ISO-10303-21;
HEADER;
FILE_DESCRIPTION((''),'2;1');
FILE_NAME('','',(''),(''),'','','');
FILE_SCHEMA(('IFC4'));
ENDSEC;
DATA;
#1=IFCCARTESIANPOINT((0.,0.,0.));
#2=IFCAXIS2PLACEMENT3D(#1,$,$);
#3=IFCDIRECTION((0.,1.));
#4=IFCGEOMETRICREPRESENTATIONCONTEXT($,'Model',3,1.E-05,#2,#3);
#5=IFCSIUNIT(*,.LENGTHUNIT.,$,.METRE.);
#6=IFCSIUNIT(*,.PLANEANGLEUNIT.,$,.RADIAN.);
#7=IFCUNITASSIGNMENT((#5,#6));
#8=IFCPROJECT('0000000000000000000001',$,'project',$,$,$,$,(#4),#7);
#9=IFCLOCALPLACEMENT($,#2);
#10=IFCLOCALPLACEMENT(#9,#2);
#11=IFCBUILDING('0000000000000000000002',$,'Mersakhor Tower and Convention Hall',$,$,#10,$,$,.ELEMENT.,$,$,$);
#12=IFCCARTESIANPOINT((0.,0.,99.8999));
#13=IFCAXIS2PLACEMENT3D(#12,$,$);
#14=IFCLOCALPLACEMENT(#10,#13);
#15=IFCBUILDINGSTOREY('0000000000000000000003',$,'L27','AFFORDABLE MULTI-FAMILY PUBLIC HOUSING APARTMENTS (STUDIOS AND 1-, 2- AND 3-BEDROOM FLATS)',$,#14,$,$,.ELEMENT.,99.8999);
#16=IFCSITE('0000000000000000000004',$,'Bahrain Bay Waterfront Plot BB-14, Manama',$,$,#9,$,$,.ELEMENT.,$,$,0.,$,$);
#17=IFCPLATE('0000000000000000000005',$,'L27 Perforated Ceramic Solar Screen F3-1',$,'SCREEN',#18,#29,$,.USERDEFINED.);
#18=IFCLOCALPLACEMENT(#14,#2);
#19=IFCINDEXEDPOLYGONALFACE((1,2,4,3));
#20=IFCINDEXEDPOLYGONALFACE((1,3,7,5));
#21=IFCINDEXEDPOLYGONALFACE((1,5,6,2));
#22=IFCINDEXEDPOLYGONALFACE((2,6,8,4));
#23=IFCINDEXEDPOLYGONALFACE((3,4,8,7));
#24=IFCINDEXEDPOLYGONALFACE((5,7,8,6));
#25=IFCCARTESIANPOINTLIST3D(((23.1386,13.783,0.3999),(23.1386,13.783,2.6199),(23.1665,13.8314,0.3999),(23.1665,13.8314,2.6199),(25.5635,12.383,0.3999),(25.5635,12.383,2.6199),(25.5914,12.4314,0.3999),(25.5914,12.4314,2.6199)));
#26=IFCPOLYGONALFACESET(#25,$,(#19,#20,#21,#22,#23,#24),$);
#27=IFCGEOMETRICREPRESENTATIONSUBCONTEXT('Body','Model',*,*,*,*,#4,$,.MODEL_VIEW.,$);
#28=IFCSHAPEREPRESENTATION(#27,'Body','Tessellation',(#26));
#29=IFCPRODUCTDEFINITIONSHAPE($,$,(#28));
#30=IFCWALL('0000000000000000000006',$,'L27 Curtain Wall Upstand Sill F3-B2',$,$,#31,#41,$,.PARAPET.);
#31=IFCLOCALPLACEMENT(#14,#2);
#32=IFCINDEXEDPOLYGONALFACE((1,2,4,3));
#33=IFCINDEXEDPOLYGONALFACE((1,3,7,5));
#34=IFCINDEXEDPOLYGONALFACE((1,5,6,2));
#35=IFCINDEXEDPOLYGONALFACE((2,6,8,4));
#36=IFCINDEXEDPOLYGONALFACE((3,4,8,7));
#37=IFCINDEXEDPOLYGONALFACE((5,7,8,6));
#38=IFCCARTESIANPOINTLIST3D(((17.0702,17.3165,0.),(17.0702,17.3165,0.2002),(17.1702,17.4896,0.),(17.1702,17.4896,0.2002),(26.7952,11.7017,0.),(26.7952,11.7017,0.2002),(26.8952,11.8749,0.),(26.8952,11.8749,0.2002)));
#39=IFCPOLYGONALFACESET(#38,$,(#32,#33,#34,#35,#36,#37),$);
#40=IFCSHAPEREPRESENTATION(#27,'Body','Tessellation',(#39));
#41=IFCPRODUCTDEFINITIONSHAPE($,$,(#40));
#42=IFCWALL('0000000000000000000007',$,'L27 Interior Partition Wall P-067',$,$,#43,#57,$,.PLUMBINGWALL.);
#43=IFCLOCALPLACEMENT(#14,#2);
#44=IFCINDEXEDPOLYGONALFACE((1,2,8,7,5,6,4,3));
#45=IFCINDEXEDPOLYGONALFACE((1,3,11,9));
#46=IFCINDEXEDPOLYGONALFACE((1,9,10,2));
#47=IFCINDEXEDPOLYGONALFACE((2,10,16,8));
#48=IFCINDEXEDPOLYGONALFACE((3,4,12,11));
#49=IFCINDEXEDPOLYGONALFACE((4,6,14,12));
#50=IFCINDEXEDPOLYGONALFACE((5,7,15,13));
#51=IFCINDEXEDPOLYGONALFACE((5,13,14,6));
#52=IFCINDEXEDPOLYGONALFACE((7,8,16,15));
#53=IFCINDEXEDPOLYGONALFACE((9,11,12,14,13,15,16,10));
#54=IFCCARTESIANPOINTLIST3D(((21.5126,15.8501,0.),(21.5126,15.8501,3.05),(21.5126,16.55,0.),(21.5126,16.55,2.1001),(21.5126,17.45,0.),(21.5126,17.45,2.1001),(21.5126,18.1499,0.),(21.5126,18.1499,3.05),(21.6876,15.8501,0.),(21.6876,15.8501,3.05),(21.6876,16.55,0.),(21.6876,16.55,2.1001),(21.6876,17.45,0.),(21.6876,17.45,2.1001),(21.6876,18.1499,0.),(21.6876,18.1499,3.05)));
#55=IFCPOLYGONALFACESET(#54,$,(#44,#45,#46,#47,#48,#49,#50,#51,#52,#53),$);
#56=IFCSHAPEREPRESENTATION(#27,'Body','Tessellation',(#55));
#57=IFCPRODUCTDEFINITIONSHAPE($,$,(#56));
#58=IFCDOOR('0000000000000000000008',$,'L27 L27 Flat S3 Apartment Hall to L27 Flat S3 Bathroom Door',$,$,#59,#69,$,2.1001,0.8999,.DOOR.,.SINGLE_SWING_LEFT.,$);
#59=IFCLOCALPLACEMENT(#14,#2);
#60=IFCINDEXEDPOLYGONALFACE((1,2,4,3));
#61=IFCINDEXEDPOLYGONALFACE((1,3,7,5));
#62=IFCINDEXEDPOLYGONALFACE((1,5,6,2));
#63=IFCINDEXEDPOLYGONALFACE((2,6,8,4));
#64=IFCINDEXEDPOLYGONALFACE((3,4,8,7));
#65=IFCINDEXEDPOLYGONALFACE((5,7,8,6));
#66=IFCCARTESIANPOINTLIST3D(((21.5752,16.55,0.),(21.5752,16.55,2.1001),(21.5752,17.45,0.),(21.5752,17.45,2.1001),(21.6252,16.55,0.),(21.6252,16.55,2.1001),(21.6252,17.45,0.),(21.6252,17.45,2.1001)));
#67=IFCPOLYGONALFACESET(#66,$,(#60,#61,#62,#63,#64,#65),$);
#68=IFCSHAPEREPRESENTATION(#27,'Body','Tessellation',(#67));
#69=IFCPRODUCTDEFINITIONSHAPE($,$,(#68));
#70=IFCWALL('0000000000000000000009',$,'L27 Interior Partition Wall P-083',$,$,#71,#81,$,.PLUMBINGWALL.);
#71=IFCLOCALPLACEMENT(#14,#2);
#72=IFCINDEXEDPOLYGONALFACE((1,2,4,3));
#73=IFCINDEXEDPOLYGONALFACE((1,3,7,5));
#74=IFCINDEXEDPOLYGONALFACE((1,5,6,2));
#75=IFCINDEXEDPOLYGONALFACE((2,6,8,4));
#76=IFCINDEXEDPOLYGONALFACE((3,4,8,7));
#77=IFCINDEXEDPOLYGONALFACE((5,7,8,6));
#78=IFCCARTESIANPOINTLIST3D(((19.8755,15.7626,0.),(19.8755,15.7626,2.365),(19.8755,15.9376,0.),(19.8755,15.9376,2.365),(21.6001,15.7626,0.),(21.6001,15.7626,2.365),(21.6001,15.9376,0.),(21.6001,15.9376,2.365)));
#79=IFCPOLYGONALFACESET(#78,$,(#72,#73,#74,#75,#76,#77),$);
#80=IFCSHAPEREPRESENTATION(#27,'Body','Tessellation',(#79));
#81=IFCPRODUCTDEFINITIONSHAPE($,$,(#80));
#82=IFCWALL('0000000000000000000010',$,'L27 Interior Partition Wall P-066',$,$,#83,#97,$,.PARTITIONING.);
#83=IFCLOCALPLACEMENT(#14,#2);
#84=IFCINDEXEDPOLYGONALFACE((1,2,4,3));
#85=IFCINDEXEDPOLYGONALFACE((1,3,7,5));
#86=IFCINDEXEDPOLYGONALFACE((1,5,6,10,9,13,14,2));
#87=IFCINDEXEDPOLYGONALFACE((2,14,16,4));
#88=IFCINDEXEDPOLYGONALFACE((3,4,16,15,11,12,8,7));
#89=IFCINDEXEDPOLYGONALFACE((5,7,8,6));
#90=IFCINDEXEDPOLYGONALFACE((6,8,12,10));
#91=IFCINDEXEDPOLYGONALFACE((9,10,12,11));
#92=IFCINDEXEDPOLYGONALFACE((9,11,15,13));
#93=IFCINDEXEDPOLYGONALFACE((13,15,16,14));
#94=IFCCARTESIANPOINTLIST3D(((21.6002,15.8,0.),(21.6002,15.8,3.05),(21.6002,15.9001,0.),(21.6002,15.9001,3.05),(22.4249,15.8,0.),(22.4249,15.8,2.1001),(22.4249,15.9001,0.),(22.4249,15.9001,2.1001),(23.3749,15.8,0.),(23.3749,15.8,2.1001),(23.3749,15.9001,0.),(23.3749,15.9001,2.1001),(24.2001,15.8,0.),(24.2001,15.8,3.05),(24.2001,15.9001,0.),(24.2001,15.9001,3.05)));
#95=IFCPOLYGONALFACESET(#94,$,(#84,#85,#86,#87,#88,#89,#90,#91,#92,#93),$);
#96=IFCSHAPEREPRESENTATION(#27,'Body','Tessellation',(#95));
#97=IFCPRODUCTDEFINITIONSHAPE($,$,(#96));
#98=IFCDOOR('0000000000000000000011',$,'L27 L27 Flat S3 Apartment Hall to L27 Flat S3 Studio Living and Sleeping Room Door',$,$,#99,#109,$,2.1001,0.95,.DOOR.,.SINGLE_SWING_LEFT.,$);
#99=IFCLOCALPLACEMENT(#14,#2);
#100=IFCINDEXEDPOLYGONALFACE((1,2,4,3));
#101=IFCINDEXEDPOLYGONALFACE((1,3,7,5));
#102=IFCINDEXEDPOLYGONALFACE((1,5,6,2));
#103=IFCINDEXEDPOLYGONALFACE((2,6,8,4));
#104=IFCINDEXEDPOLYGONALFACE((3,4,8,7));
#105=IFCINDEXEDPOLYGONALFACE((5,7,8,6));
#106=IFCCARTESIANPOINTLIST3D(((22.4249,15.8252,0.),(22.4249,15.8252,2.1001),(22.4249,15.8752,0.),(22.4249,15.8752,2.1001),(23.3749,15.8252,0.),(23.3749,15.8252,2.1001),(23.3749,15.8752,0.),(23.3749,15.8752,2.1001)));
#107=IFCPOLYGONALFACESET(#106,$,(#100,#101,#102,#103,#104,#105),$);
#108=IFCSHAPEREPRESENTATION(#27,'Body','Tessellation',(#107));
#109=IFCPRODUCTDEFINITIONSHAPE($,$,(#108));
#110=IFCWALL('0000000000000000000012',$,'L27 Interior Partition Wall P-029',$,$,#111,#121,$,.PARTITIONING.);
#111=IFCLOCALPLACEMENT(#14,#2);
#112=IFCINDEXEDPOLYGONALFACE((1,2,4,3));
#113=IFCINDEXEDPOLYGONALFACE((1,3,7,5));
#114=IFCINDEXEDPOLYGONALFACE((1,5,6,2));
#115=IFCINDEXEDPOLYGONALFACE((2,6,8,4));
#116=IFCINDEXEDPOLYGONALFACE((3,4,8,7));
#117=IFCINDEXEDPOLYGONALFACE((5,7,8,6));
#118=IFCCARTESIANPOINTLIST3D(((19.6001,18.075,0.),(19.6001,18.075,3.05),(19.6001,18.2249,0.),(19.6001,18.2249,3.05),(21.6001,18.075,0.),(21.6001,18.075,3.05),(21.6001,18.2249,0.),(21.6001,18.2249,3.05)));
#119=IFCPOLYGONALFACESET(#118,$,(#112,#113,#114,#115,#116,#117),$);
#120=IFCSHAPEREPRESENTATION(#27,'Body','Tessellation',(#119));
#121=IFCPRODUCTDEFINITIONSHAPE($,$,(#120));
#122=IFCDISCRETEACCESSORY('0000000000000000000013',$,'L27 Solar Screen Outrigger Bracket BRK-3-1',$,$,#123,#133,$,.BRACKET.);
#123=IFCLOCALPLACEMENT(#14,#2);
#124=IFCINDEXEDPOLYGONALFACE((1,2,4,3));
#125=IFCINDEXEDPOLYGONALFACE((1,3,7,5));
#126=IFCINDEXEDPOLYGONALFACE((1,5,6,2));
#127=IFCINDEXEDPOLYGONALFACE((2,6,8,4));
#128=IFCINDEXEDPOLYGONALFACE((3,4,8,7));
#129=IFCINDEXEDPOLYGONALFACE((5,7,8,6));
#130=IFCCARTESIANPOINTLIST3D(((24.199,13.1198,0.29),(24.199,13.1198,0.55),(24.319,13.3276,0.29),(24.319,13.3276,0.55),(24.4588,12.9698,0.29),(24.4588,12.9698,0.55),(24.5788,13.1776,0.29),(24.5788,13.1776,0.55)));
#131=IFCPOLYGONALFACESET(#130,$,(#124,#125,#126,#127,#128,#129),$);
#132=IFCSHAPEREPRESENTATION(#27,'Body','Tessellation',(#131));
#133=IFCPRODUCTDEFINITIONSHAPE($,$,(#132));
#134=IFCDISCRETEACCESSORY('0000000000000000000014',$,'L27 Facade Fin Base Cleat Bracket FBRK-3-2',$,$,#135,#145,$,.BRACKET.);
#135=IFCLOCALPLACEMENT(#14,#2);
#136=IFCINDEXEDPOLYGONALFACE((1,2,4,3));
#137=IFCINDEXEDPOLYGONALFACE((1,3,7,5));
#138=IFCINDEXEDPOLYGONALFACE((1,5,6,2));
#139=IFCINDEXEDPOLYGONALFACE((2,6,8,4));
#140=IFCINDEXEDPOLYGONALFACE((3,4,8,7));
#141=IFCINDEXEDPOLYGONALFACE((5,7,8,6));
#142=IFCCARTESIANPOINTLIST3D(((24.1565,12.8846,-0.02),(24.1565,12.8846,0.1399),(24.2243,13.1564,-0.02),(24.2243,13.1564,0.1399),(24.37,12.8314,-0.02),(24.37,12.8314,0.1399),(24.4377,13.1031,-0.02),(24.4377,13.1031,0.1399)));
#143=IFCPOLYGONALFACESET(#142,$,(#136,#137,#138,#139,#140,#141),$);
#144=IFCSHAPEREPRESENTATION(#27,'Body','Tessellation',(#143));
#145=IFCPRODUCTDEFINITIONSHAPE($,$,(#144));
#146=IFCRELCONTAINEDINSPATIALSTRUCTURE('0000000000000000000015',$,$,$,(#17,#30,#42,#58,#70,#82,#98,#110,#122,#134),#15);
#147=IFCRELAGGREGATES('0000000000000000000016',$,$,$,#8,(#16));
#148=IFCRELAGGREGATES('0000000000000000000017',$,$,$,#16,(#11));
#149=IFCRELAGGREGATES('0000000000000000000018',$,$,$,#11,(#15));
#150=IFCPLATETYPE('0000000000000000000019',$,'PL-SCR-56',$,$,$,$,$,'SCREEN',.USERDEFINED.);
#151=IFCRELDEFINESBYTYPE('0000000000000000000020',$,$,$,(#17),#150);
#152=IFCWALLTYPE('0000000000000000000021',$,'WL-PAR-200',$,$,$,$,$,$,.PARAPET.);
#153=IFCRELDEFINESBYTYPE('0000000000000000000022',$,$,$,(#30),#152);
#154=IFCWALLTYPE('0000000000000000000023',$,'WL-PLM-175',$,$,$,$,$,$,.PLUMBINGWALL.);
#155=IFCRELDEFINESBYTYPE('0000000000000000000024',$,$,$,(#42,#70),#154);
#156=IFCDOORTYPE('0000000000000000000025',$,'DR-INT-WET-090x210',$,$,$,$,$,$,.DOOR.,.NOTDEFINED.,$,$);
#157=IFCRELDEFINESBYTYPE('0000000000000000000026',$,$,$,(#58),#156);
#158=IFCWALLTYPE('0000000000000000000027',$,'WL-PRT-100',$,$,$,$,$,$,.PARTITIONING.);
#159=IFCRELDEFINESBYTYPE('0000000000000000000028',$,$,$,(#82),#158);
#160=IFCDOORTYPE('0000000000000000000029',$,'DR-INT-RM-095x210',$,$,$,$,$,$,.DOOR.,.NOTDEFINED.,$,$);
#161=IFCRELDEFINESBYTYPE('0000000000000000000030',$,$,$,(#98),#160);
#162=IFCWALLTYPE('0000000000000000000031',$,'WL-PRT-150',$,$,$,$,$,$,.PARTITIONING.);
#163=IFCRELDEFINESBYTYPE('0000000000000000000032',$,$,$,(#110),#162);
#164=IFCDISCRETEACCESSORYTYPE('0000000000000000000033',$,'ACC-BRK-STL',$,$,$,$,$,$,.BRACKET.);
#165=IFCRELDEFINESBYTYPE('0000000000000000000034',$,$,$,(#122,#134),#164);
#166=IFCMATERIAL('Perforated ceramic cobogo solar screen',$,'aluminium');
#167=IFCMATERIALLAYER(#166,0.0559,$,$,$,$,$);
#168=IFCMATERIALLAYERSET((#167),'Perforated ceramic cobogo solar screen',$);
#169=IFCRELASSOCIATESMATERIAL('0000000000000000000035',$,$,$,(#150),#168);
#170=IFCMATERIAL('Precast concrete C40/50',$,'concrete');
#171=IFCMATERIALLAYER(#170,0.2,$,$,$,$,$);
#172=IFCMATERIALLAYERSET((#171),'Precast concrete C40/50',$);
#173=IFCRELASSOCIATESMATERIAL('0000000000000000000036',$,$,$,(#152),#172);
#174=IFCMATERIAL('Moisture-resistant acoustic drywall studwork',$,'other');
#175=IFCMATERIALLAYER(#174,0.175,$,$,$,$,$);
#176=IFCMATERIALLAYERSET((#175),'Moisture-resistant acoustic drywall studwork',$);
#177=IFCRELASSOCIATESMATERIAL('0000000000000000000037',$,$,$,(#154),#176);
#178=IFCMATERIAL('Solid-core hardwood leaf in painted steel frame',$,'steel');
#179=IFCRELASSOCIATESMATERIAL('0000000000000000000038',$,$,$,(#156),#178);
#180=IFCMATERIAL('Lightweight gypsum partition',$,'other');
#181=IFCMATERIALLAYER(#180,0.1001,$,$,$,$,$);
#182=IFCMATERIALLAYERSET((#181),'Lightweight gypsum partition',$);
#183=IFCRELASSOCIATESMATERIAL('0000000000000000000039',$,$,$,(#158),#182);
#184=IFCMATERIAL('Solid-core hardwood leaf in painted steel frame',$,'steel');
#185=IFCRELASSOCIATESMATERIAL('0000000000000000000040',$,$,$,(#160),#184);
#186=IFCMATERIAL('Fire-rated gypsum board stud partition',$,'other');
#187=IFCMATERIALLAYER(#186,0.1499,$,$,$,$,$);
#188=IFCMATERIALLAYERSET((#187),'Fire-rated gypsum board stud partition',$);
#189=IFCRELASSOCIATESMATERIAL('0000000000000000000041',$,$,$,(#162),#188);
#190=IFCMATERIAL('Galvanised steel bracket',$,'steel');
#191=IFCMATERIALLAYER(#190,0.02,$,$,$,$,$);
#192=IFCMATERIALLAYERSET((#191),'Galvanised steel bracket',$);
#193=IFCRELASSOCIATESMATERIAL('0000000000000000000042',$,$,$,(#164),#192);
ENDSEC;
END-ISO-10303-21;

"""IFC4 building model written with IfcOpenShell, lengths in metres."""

from ifc_helpers import new_model, si_unit, direction, frame, frame_2d, origin, origin_2d, place, context, subcontext, project, spatial, rectangle, extrude, material, layer, layer_set, type_object, element, fill, save


model = new_model("IFC4")

# Units and contexts
model_context = context("Model", 3, precision=1e-05, world=origin(), true_north=direction((0.0, 1.0)))
body_context = subcontext(model_context, "Body", "Model", "MODEL_VIEW")
ifc_project = project(units=[si_unit("LENGTHUNIT", "METRE"), si_unit("PLANEANGLEUNIT", "RADIAN")], contexts=[model_context])

# Site, building, storey
site_placement = place(None, origin())
site = spatial("IfcSite", under=ifc_project, at=site_placement, Name="Bahrain Bay Waterfront Plot BB-14, Manama", CompositionType="ELEMENT", RefElevation=0.0)
building_placement = place(site_placement, origin())
building = spatial("IfcBuilding", under=site, at=building_placement, Name="Mersakhor Tower and Convention Hall", CompositionType="ELEMENT")
storey_placement = place(building_placement, frame((0.0, 0.0, 99.8999)))
storey = spatial("IfcBuildingStorey", under=building, at=storey_placement, Name="L27", Description="AFFORDABLE MULTI-FAMILY PUBLIC HOUSING APARTMENTS (STUDIOS AND 1-, 2- AND 3-BEDROOM FLATS)", CompositionType="ELEMENT", Elevation=99.8999)

# Plate
ifc_material_1 = material(Name="Perforated ceramic cobogo solar screen", Category="aluminium")
ifc_layer_1 = layer(ifc_material_1, 0.0559)
ifc_layer_set_1 = layer_set([ifc_layer_1], Name="Perforated ceramic cobogo solar screen")
plate_type_1 = type_object("IfcPlateType", Name="PL-SCR-56", ElementType="SCREEN", PredefinedType="USERDEFINED", material=ifc_layer_set_1)
plate_1_placement = place(storey_placement, frame((24.365, 13.1072, 0.3999), z_axis=(0.0, 0.0, 1.0), x_axis=(-0.866025, 0.5, 0.0)))
element("IfcPlate", 1, at=plate_1_placement, inside=storey, type_object=plate_type_1, Name="L27 Perforated Ceramic Solar Screen F3-1", ObjectType="SCREEN", PredefinedType="USERDEFINED", context=body_context, shape_type="SweptSolid", body=[
    extrude(rectangle(XDim=2.8, YDim=0.0559, at=origin_2d()), origin(), (0.0, 0.0, 1.0), 2.22),
])

# Wall
ifc_material_2 = material(Name="Precast concrete C40/50", Category="concrete")
ifc_layer_2 = layer(ifc_material_2, 0.2)
ifc_layer_set_2 = layer_set([ifc_layer_2], Name="Precast concrete C40/50")
wall_type_1 = type_object("IfcWallType", Name="WL-PAR-200", PredefinedType="PARAPET", material=ifc_layer_set_2)
wall_1_placement = place(storey_placement, frame((26.8452, 11.7883, 0.0), z_axis=(0.0, 0.0, 1.0), x_axis=(-0.866027, 0.499997, 0.0)))
element("IfcWall", 2, at=wall_1_placement, inside=storey, type_object=wall_type_1, Name="L27 Curtain Wall Upstand Sill F3-B2", PredefinedType="PARAPET", context=body_context, shape_type="SweptSolid", body=[
    extrude(rectangle(XDim=11.2295, YDim=0.2, at=frame_2d((5.6147, 0.0))), origin(), (0.0, 0.0, 1.0), 0.2002),
])

# Wall, opening, door
ifc_material_3 = material(Name="Moisture-resistant acoustic drywall studwork", Category="other")
ifc_layer_3 = layer(ifc_material_3, 0.175)
ifc_layer_set_3 = layer_set([ifc_layer_3], Name="Moisture-resistant acoustic drywall studwork")
wall_type_2 = type_object("IfcWallType", Name="WL-PLM-175", PredefinedType="PLUMBINGWALL", material=ifc_layer_set_3)
wall_2_placement = place(storey_placement, frame((21.6001, 15.8501, 0.0), z_axis=(0.0, 0.0, 1.0), x_axis=(0.0, 1.0, 0.0)))
wall_2 = element("IfcWall", 3, at=wall_2_placement, inside=storey, type_object=wall_type_2, Name="L27 Interior Partition Wall P-067", PredefinedType="PLUMBINGWALL", context=body_context, shape_type="SweptSolid", body=[
    extrude(rectangle(XDim=2.2998, YDim=0.175, at=frame_2d((1.1499, 0.0))), origin(), (0.0, 0.0, 1.0), 3.05),
])
opening_1_placement = place(wall_2_placement, frame((0.7, 0.0, 0.0)))
opening_1 = element("IfcOpeningElement", 4, at=opening_1_placement, cuts=wall_2, PredefinedType="OPENING", context=body_context, shape_type="SweptSolid", body=[
    extrude(rectangle(XDim=0.8999, YDim=2.1001, at=frame_2d((0.45, 1.05))), frame((0.0, 0.0974, 0.0), z_axis=(0.0, -1.0, 0.0), x_axis=(1.0, 0.0, 0.0)), (0.0, 0.0, 1.0), 0.1951),
])
ifc_material_4 = material(Name="Solid-core hardwood leaf in painted steel frame", Category="steel")
door_type_1 = type_object("IfcDoorType", Name="DR-INT-WET-090x210", OperationType="NOTDEFINED", PredefinedType="DOOR", material=ifc_material_4)
door_1_placement = place(opening_1_placement, origin())
door_1 = element("IfcDoor", 5, at=door_1_placement, inside=storey, type_object=door_type_1, Name="L27 L27 Flat S3 Apartment Hall to L27 Flat S3 Bathroom Door", OperationType="SINGLE_SWING_LEFT", OverallHeight=2.1001, OverallWidth=0.8999, PredefinedType="DOOR", context=body_context, shape_type="SweptSolid", body=[
    extrude(rectangle(XDim=0.8999, YDim=2.1001, at=frame_2d((0.45, 1.05))), frame((0.0, 0.0249, 0.0), z_axis=(0.0, -1.0, 0.0), x_axis=(1.0, 0.0, 0.0)), (0.0, 0.0, 1.0), 0.05),
])
fill(opening_1, door_1)

# Wall
wall_3_placement = place(storey_placement, frame((21.6001, 15.8501, 0.0), z_axis=(0.0, 0.0, 1.0), x_axis=(-1.0, 0.0, 0.0)))
element("IfcWall", 6, at=wall_3_placement, inside=storey, type_object=wall_type_2, Name="L27 Interior Partition Wall P-083", PredefinedType="PLUMBINGWALL", context=body_context, shape_type="SweptSolid", body=[
    extrude(rectangle(XDim=1.7246, YDim=0.175, at=frame_2d((0.8623, 0.0))), origin(), (0.0, 0.0, 1.0), 2.365),
])

# Wall, opening, door
ifc_material_5 = material(Name="Lightweight gypsum partition", Category="other")
ifc_layer_4 = layer(ifc_material_5, 0.1001)
ifc_layer_set_4 = layer_set([ifc_layer_4], Name="Lightweight gypsum partition")
wall_type_3 = type_object("IfcWallType", Name="WL-PRT-100", PredefinedType="PARTITIONING", material=ifc_layer_set_4)
wall_4_placement = place(storey_placement, frame((24.2, 15.8501, 0.0), z_axis=(0.0, 0.0, 1.0), x_axis=(-1.0, 0.0, 0.0)))
wall_4 = element("IfcWall", 7, at=wall_4_placement, inside=storey, type_object=wall_type_3, Name="L27 Interior Partition Wall P-066", PredefinedType="PARTITIONING", context=body_context, shape_type="SweptSolid", body=[
    extrude(rectangle(XDim=2.5999, YDim=0.1001, at=frame_2d((1.2998, 0.0))), origin(), (0.0, 0.0, 1.0), 3.05),
])
opening_2_placement = place(wall_4_placement, frame((0.825, 0.0, 0.0)))
opening_2 = element("IfcOpeningElement", 8, at=opening_2_placement, cuts=wall_4, PredefinedType="OPENING", context=body_context, shape_type="SweptSolid", body=[
    extrude(rectangle(XDim=0.95, YDim=2.1001, at=frame_2d((0.4751, 1.05))), frame((0.0, 0.0601, 0.0), z_axis=(0.0, -1.0, 0.0), x_axis=(1.0, 0.0, 0.0)), (0.0, 0.0, 1.0), 0.1201),
])
ifc_material_6 = material(Name="Solid-core hardwood leaf in painted steel frame", Category="steel")
door_type_2 = type_object("IfcDoorType", Name="DR-INT-RM-095x210", OperationType="NOTDEFINED", PredefinedType="DOOR", material=ifc_material_6)
door_2_placement = place(opening_2_placement, origin())
door_2 = element("IfcDoor", 9, at=door_2_placement, inside=storey, type_object=door_type_2, Name="L27 L27 Flat S3 Apartment Hall to L27 Flat S3 Studio Living and Sleeping Room Door", OperationType="SINGLE_SWING_LEFT", OverallHeight=2.1001, OverallWidth=0.95, PredefinedType="DOOR", context=body_context, shape_type="SweptSolid", body=[
    extrude(rectangle(XDim=0.95, YDim=2.1001, at=frame_2d((0.4751, 1.05))), frame((0.0, 0.0249, 0.0), z_axis=(0.0, -1.0, 0.0), x_axis=(1.0, 0.0, 0.0)), (0.0, 0.0, 1.0), 0.05),
])
fill(opening_2, door_2)

# Wall
ifc_material_7 = material(Name="Fire-rated gypsum board stud partition", Category="other")
ifc_layer_5 = layer(ifc_material_7, 0.1499)
ifc_layer_set_5 = layer_set([ifc_layer_5], Name="Fire-rated gypsum board stud partition")
wall_type_4 = type_object("IfcWallType", Name="WL-PRT-150", PredefinedType="PARTITIONING", material=ifc_layer_set_5)
wall_5_placement = place(storey_placement, frame((21.6001, 18.1499, 0.0), z_axis=(0.0, 0.0, 1.0), x_axis=(-1.0, 0.0, 0.0)))
element("IfcWall", 10, at=wall_5_placement, inside=storey, type_object=wall_type_4, Name="L27 Interior Partition Wall P-029", PredefinedType="PARTITIONING", context=body_context, shape_type="SweptSolid", body=[
    extrude(rectangle(XDim=2.0, YDim=0.1499, at=frame_2d((1.0, 0.0))), origin(), (0.0, 0.0, 1.0), 3.05),
])

# Discrete accessories
ifc_material_8 = material(Name="Galvanised steel bracket", Category="steel")
ifc_layer_6 = layer(ifc_material_8, 0.02)
ifc_layer_set_6 = layer_set([ifc_layer_6], Name="Galvanised steel bracket")
discrete_accessory_type = type_object("IfcDiscreteAccessoryType", Name="ACC-BRK-STL", PredefinedType="BRACKET", material=ifc_layer_set_6)
discrete_accessory_1_placement = place(storey_placement, frame((24.3889, 13.1487, 0.29), z_axis=(0.0, 0.0, 1.0), x_axis=(-0.866025, 0.5, 0.0)))
element("IfcDiscreteAccessory", 11, at=discrete_accessory_1_placement, inside=storey, type_object=discrete_accessory_type, Name="L27 Solar Screen Outrigger Bracket BRK-3-1", PredefinedType="BRACKET", context=body_context, shape_type="SweptSolid", body=[
    extrude(rectangle(XDim=0.3, YDim=0.24, at=origin_2d()), origin(), (0.0, 0.0, 1.0), 0.26),
])
discrete_accessory_2_placement = place(storey_placement, frame((24.2971, 12.9939, -0.02), z_axis=(0.0, 0.0, 1.0), x_axis=(-0.241922, -0.970296, 0.0)))
element("IfcDiscreteAccessory", 12, at=discrete_accessory_2_placement, inside=storey, type_object=discrete_accessory_type, Name="L27 Facade Fin Base Cleat Bracket FBRK-3-2", PredefinedType="BRACKET", context=body_context, shape_type="SweptSolid", body=[
    extrude(rectangle(XDim=0.28, YDim=0.22, at=origin_2d()), origin(), (0.0, 0.0, 1.0), 0.1599),
])

save(model, "model.ifc")
